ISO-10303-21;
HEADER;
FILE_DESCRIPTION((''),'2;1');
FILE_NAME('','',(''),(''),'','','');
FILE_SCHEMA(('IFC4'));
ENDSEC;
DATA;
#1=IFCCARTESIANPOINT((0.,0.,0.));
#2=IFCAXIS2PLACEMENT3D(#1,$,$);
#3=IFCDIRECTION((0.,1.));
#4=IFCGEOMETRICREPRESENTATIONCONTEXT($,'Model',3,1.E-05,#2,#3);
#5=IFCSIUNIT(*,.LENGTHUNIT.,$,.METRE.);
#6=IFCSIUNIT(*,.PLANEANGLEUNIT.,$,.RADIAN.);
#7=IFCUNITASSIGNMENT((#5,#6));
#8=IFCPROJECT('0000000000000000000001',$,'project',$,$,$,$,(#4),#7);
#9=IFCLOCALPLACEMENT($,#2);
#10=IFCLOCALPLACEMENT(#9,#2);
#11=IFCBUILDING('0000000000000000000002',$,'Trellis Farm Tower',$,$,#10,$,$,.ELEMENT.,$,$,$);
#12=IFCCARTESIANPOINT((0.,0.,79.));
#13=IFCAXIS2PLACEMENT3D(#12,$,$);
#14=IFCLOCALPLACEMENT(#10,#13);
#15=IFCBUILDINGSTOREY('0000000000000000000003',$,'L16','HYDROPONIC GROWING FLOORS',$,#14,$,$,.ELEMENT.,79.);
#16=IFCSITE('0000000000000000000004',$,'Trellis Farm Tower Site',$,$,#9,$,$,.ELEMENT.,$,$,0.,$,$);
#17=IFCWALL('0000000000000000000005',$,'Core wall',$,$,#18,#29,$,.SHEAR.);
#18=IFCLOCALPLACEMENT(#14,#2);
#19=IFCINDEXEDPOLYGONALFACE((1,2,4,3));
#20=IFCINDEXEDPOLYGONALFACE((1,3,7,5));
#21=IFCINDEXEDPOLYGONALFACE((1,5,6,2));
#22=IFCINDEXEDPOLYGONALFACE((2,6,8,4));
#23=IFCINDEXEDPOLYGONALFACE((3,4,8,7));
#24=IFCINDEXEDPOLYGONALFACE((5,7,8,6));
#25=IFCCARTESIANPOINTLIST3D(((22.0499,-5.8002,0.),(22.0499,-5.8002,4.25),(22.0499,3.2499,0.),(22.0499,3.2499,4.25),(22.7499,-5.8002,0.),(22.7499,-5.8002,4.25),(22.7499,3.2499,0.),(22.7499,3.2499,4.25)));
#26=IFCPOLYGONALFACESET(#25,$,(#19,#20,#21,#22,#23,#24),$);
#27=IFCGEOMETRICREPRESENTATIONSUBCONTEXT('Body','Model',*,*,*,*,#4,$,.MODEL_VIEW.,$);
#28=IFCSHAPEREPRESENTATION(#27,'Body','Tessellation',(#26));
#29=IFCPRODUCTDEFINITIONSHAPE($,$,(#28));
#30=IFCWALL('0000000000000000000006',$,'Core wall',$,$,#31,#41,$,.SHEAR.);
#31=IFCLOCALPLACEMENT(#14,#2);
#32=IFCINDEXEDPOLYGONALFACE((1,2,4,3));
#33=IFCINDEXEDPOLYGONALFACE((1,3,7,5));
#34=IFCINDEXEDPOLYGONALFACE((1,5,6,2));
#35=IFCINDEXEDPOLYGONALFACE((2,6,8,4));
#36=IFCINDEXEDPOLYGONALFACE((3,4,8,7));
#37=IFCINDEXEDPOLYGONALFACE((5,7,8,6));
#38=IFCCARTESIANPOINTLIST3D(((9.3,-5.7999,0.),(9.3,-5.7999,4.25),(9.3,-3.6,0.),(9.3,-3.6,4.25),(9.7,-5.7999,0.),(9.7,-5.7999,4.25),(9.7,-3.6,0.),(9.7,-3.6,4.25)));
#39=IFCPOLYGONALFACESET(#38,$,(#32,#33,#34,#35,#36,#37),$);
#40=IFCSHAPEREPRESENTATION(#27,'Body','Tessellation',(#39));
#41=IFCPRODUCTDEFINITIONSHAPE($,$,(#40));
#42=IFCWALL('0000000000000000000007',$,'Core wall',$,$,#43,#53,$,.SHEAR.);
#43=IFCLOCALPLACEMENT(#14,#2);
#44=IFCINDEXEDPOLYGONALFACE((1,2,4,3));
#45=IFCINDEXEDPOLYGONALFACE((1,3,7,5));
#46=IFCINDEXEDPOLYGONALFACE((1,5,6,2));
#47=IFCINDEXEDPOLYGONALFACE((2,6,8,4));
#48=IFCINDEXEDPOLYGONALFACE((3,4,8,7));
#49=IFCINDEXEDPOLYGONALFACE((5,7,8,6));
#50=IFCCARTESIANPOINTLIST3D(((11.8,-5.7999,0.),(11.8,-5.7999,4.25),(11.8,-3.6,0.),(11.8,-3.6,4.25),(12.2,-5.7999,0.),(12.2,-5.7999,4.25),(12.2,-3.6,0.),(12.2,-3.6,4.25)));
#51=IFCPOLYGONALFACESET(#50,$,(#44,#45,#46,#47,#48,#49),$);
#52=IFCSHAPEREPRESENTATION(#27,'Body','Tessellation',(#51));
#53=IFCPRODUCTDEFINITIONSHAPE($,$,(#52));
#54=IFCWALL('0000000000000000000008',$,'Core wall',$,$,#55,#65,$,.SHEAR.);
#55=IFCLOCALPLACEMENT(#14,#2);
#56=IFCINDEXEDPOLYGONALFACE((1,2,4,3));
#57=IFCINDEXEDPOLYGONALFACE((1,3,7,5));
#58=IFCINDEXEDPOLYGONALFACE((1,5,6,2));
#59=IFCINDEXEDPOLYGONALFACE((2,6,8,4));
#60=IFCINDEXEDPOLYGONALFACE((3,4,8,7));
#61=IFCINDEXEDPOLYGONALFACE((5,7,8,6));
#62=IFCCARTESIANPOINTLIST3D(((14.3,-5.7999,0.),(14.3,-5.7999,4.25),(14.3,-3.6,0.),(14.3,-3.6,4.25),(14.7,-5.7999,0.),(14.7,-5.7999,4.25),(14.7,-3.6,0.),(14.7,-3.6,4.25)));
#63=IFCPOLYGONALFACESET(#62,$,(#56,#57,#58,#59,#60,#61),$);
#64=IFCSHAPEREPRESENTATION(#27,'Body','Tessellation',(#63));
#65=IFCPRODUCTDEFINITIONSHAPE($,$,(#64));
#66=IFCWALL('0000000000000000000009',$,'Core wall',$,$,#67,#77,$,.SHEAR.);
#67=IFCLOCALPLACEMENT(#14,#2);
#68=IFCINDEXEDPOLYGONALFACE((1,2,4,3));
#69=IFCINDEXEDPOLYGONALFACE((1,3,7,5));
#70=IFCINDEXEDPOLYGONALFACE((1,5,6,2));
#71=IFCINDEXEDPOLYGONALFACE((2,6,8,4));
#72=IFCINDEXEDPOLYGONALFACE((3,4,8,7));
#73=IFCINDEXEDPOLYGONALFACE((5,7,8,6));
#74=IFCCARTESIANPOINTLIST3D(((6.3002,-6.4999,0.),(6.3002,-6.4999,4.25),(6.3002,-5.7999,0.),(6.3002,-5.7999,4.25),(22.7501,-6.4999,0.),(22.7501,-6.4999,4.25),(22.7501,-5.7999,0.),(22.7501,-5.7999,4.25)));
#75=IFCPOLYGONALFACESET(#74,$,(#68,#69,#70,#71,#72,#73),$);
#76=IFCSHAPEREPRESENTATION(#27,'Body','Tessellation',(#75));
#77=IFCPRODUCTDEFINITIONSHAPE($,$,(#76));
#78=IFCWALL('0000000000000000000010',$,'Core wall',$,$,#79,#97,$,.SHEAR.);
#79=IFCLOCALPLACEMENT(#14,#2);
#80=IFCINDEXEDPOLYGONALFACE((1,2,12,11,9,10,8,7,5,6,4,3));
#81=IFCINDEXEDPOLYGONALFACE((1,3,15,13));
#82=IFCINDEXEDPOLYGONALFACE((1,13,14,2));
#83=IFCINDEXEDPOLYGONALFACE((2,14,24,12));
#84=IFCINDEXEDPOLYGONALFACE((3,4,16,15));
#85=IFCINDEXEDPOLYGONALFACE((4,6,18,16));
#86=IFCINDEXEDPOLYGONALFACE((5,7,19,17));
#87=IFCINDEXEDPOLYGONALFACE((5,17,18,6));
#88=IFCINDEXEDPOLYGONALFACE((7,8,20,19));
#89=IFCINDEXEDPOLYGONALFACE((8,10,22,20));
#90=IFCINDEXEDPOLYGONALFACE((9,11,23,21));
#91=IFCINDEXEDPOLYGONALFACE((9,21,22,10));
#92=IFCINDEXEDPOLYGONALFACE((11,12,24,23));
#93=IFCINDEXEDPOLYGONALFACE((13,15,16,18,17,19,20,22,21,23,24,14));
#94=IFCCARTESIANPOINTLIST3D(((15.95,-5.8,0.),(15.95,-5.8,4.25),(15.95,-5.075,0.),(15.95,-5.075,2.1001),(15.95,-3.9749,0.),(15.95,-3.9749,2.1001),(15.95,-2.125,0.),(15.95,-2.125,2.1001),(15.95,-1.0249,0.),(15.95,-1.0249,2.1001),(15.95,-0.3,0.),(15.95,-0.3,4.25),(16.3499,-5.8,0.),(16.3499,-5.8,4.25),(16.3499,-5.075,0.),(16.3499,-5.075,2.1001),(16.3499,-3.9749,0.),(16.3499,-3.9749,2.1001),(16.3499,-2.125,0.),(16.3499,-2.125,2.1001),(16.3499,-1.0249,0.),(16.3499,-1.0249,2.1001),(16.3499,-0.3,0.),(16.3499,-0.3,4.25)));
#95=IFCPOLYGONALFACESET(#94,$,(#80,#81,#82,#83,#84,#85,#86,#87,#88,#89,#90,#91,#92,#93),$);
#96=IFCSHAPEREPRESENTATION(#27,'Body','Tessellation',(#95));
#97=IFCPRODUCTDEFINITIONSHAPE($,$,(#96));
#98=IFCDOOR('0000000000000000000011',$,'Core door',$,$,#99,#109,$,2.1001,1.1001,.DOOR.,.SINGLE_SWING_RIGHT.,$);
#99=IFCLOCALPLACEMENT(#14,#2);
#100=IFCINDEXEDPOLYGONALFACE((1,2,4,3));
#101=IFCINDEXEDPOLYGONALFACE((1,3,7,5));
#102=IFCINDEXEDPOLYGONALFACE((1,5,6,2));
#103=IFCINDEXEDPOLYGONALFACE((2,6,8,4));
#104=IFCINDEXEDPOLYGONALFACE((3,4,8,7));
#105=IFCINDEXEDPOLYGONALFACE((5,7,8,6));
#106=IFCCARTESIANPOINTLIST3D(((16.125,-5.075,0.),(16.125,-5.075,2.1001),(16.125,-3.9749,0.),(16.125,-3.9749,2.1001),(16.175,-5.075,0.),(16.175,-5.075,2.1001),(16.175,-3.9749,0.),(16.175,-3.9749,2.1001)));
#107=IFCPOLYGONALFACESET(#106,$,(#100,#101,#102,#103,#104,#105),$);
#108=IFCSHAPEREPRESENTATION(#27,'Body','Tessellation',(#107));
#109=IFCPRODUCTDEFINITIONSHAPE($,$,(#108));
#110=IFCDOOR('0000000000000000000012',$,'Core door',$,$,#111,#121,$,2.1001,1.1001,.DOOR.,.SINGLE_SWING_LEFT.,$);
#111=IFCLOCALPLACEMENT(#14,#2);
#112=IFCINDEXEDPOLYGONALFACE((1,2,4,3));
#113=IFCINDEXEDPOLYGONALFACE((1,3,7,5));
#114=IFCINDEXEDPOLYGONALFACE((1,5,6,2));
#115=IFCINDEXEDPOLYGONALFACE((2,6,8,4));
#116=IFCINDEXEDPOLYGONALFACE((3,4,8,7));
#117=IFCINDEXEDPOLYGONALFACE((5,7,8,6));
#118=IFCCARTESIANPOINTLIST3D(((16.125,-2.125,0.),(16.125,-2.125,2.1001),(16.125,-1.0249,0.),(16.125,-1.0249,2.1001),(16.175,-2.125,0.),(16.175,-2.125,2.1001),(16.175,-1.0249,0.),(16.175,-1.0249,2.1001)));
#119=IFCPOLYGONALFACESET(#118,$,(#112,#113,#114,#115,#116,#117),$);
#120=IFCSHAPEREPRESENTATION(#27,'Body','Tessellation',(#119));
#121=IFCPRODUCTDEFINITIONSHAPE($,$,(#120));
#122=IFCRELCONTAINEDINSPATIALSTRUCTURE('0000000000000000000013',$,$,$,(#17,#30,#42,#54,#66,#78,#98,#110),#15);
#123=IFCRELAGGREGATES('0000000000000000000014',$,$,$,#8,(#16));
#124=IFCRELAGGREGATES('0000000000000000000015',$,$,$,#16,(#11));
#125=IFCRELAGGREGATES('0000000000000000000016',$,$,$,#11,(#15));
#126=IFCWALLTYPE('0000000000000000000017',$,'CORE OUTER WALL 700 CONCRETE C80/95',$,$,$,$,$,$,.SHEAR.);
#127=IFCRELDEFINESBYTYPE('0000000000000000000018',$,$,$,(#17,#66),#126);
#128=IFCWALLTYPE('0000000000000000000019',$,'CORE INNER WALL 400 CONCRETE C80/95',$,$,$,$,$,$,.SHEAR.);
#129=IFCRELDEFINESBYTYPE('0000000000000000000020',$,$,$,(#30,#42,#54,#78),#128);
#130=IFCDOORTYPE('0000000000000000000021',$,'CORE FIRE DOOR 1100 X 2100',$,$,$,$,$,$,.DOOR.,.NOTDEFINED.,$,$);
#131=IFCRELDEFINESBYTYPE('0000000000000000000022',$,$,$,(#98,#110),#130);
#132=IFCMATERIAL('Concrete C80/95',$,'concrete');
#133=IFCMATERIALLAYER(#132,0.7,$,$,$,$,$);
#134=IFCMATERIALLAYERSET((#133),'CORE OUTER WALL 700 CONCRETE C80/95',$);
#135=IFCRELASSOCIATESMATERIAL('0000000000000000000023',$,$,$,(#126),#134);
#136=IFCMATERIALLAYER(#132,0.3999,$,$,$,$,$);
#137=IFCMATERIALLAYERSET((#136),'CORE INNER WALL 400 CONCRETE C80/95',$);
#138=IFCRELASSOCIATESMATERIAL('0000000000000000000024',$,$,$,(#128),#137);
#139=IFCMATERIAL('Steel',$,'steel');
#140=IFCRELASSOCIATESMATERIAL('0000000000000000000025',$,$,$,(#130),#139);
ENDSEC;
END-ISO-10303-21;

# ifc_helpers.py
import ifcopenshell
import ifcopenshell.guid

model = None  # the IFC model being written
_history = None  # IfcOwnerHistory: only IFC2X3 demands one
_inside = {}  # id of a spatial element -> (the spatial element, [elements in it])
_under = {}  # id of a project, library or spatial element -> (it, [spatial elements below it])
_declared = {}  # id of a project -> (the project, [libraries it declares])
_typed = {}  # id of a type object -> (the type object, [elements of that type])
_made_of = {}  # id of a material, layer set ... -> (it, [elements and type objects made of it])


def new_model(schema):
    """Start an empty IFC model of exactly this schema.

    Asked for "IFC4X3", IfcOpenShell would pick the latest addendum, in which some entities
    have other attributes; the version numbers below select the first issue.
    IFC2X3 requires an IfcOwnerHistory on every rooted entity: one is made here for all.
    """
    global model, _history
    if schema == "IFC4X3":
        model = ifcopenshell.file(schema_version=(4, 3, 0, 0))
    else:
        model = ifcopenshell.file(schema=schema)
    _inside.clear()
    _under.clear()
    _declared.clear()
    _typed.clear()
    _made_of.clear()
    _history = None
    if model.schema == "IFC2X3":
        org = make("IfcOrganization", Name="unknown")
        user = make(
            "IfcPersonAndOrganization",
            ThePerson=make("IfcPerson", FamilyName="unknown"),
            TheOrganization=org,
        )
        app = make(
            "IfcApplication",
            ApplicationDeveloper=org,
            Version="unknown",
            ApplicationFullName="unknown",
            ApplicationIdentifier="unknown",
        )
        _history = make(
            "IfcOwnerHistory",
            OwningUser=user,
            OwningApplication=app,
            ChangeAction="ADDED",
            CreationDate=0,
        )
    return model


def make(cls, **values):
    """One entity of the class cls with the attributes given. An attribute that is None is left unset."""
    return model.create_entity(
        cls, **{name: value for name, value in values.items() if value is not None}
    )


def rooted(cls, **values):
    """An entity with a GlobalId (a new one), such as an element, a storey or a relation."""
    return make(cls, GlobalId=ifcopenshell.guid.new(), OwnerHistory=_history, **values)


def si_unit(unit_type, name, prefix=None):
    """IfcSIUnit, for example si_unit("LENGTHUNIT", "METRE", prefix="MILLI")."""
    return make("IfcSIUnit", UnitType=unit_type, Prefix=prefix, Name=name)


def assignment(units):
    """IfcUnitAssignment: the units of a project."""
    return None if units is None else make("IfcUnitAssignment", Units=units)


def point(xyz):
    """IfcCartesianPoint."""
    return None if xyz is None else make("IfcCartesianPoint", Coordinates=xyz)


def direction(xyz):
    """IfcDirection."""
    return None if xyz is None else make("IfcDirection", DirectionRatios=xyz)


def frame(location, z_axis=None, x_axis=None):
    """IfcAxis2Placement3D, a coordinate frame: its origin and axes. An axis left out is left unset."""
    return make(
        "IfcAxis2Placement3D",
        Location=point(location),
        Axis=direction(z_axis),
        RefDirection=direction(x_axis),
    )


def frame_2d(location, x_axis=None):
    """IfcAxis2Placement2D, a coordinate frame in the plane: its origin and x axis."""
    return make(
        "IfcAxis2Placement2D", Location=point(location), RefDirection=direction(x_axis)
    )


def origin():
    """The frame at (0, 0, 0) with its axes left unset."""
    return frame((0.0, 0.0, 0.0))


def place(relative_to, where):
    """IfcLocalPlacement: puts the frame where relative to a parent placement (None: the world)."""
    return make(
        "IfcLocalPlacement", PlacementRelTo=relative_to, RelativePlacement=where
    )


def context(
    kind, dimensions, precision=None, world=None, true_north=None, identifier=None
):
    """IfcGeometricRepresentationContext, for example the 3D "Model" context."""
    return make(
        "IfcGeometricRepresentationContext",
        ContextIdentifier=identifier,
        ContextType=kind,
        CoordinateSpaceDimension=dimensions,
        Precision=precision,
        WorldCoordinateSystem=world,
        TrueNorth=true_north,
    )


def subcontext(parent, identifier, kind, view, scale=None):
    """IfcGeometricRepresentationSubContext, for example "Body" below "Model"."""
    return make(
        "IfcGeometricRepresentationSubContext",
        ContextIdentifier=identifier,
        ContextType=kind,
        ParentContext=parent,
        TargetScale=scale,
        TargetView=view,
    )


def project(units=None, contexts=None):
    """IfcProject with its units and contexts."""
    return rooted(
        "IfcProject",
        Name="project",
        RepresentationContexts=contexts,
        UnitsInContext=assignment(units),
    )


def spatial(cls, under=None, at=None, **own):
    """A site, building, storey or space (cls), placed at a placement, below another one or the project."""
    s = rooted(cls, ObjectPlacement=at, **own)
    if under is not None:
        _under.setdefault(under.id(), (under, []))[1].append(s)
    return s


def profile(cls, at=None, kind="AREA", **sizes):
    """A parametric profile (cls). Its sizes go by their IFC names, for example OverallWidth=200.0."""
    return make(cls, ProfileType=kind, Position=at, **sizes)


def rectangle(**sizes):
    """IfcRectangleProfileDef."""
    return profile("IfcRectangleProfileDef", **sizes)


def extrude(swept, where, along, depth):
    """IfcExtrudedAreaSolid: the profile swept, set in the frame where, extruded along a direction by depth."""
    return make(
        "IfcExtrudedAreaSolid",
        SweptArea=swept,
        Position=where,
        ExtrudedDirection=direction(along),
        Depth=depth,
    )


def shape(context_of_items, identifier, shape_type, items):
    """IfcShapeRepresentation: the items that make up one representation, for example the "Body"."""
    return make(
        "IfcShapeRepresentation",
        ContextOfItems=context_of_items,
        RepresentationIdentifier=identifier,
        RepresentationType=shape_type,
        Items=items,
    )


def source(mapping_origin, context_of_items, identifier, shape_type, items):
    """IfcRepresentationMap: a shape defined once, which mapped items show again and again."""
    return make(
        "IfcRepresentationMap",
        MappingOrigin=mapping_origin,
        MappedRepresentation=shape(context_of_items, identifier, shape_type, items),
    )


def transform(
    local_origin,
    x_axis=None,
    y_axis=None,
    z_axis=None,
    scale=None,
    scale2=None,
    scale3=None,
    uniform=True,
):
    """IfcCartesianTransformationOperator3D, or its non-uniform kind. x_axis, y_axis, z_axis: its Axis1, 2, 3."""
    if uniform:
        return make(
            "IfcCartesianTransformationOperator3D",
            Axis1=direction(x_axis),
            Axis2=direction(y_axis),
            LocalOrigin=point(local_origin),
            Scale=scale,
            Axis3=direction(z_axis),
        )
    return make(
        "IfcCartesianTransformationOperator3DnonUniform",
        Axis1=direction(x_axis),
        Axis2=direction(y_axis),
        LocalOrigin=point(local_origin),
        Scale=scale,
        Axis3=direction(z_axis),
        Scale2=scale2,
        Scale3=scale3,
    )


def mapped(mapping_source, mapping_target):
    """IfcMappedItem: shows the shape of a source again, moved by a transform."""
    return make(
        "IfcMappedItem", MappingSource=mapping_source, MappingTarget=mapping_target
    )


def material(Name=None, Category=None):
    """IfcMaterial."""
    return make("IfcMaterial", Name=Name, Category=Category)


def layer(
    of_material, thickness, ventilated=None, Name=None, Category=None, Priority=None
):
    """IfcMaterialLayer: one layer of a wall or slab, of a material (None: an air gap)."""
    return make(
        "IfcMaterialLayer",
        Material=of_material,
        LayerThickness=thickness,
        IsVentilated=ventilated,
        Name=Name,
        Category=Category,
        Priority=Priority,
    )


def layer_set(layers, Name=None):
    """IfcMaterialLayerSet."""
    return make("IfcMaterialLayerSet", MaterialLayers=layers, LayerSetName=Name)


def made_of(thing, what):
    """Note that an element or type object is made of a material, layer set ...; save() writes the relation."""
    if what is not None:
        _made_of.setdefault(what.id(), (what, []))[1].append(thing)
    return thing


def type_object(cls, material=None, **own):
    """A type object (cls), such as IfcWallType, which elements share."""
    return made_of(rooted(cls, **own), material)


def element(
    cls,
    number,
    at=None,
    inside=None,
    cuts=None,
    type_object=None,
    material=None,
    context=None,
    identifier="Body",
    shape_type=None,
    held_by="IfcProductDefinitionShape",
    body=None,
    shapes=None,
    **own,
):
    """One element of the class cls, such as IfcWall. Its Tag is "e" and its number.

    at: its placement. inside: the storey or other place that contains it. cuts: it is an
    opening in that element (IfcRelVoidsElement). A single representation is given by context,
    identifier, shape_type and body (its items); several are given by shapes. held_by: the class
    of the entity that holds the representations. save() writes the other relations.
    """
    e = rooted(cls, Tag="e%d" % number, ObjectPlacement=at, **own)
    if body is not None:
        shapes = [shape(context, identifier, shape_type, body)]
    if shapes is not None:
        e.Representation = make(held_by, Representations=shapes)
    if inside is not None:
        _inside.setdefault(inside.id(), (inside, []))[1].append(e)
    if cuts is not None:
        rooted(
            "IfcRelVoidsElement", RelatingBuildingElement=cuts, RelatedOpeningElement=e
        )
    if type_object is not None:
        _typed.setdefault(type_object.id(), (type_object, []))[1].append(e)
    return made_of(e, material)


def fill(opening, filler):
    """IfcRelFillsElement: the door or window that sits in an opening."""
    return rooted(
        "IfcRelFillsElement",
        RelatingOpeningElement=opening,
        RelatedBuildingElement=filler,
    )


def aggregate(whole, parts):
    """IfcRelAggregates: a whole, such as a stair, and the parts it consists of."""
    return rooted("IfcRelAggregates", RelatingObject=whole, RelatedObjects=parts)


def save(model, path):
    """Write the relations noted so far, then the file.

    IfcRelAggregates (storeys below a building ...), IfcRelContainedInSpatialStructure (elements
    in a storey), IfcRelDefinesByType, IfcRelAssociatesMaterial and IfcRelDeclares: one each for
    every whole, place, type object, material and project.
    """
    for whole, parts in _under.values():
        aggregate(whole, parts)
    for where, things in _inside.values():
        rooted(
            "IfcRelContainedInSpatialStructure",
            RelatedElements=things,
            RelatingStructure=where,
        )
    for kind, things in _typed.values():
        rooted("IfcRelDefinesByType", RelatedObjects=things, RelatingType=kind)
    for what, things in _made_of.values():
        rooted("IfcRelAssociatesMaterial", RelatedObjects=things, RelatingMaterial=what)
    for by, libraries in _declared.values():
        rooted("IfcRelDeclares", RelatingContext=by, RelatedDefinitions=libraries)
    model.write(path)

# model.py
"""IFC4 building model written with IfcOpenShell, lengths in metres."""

from ifc_helpers import new_model, si_unit, direction, frame, frame_2d, origin, place, context, subcontext, project, spatial, rectangle, extrude, source, transform, mapped, material, layer, layer_set, type_object, element, fill, save


model = new_model("IFC4")

# Units and contexts
model_context = context("Model", 3, precision=1e-05, world=origin(), true_north=direction((0.0, 1.0)))
body_context = subcontext(model_context, "Body", "Model", "MODEL_VIEW")
ifc_project = project(units=[si_unit("LENGTHUNIT", "METRE"), si_unit("PLANEANGLEUNIT", "RADIAN")], contexts=[model_context])

# Site, building, storey
site_placement = place(None, origin())
site = spatial("IfcSite", under=ifc_project, at=site_placement, Name="Trellis Farm Tower Site", CompositionType="ELEMENT", RefElevation=0.0)
building_placement = place(site_placement, origin())
building = spatial("IfcBuilding", under=site, at=building_placement, Name="Trellis Farm Tower", CompositionType="ELEMENT")
storey_placement = place(building_placement, frame((0.0, 0.0, 79.0)))
storey = spatial("IfcBuildingStorey", under=building, at=storey_placement, Name="L16", Description="HYDROPONIC GROWING FLOORS", CompositionType="ELEMENT", Elevation=79.0)

# Shared definitions
ifc_material_1 = material(Name="Concrete C80/95", Category="concrete")

# Shared definitions
ifc_layer_1 = layer(ifc_material_1, 0.7)
ifc_layer_set_1 = layer_set([ifc_layer_1], Name="CORE OUTER WALL 700 CONCRETE C80/95")
wall_type_1 = type_object("IfcWallType", Name="CORE OUTER WALL 700 CONCRETE C80/95", PredefinedType="SHEAR", material=ifc_layer_set_1)
shared_shape_1 = source(origin(), body_context, "Body", "SweptSolid", [
    extrude(rectangle(XDim=9.05, YDim=0.7, at=frame_2d((4.5249, 0.0))), origin(), (0.0, 0.0, 1.0), 4.25),
])
ifc_material_2 = material(Name="Steel", Category="steel")

# Walls
wall_1_placement = place(storey_placement, frame((22.3999, -5.8, 0.0), z_axis=(0.0, 0.0, 1.0), x_axis=(0.0, 1.0, 0.0)))
element("IfcWall", 1, at=wall_1_placement, inside=storey, type_object=wall_type_1, Name="Core wall", PredefinedType="SHEAR", context=body_context, shape_type="MappedRepresentation", body=[
    mapped(shared_shape_1, transform((0.0, 0.0, 0.0))),
])
ifc_layer_2 = layer(ifc_material_1, 0.3999)
ifc_layer_set_2 = layer_set([ifc_layer_2], Name="CORE INNER WALL 400 CONCRETE C80/95")
wall_type_2 = type_object("IfcWallType", Name="CORE INNER WALL 400 CONCRETE C80/95", PredefinedType="SHEAR", material=ifc_layer_set_2)
shared_shape_2 = source(origin(), body_context, "Body", "SweptSolid", [
    extrude(rectangle(XDim=2.2, YDim=0.3999, at=frame_2d((1.1001, 0.0))), origin(), (0.0, 0.0, 1.0), 4.25),
])
for number, where, z_axis, x_axis, name in (
    (2, (9.5, -5.8, 0.0), (0.0, 0.0, 1.0), (0.0, 1.0, 0.0), "Core wall"),
    (3, (12.0, -5.8, 0.0), (0.0, 0.0, 1.0), (0.0, 1.0, 0.0), "Core wall"),
    (4, (14.5, -5.8, 0.0), (0.0, 0.0, 1.0), (0.0, 1.0, 0.0), "Core wall"),
):
    element("IfcWall", number, at=place(storey_placement, frame(where, z_axis=z_axis, x_axis=x_axis)), inside=storey, type_object=wall_type_2, Name=name, PredefinedType="SHEAR", context=body_context, shape_type="MappedRepresentation", body=[
        mapped(shared_shape_2, transform((0.0, 0.0, 0.0))),
    ])
shared_shape_3 = source(origin(), body_context, "Body", "SweptSolid", [
    extrude(rectangle(XDim=16.45, YDim=0.7, at=frame_2d((8.2251, 0.0))), origin(), (0.0, 0.0, 1.0), 4.25),
])
wall_2_placement = place(storey_placement, frame((6.3, -6.1499, 0.0), z_axis=(0.0, 0.0, 1.0), x_axis=(1.0, 0.0, 0.0)))
element("IfcWall", 5, at=wall_2_placement, inside=storey, type_object=wall_type_1, Name="Core wall", PredefinedType="SHEAR", context=body_context, shape_type="MappedRepresentation", body=[
    mapped(shared_shape_3, transform((0.0, 0.0, 0.0))),
])

# Wall, openings, doors
shared_shape_4 = source(origin(), body_context, "Body", "SweptSolid", [
    extrude(rectangle(XDim=5.5, YDim=0.3999, at=frame_2d((2.75, 0.0))), origin(), (0.0, 0.0, 1.0), 4.25),
])
wall_3_placement = place(storey_placement, frame((16.1499, -5.8, 0.0), z_axis=(0.0, 0.0, 1.0), x_axis=(0.0, 1.0, 0.0)))
wall_3 = element("IfcWall", 6, at=wall_3_placement, inside=storey, type_object=wall_type_2, Name="Core wall", PredefinedType="SHEAR", context=body_context, shape_type="MappedRepresentation", body=[
    mapped(shared_shape_4, transform((0.0, 0.0, 0.0))),
])
shared_shape_5 = source(origin(), body_context, "Body", "SweptSolid", [
    extrude(rectangle(XDim=1.1001, YDim=2.1001, at=frame_2d((0.55, 1.05))), frame((0.0, 0.21, 0.0), z_axis=(0.0, -1.0, 0.0), x_axis=(1.0, 0.0, 0.0)), (0.0, 0.0, 1.0), 0.4199),
])
opening_1_placement = place(wall_3_placement, frame((0.7251, 0.0, 0.0)))
opening_1 = element("IfcOpeningElement", 7, at=opening_1_placement, cuts=wall_3, PredefinedType="OPENING", context=body_context, shape_type="MappedRepresentation", body=[
    mapped(shared_shape_5, transform((0.0, 0.0, 0.0))),
])
opening_2_placement = place(wall_3_placement, frame((3.675, 0.0, 0.0)))
opening_2 = element("IfcOpeningElement", 8, at=opening_2_placement, cuts=wall_3, PredefinedType="OPENING", context=body_context, shape_type="MappedRepresentation", body=[
    mapped(shared_shape_5, transform((0.0, 0.0, 0.0))),
])
door_type_1 = type_object("IfcDoorType", Name="CORE FIRE DOOR 1100 X 2100", OperationType="NOTDEFINED", PredefinedType="DOOR", material=ifc_material_2)
shared_shape_6 = source(origin(), body_context, "Body", "SweptSolid", [
    extrude(rectangle(XDim=1.1001, YDim=2.1001, at=frame_2d((0.55, 1.05))), frame((0.0, 0.0249, 0.0), z_axis=(0.0, -1.0, 0.0), x_axis=(1.0, 0.0, 0.0)), (0.0, 0.0, 1.0), 0.05),
])
door_1_placement = place(opening_1_placement, origin())
door_1 = element("IfcDoor", 9, at=door_1_placement, inside=storey, type_object=door_type_1, Name="Core door", OperationType="SINGLE_SWING_RIGHT", OverallHeight=2.1001, OverallWidth=1.1001, PredefinedType="DOOR", context=body_context, shape_type="MappedRepresentation", body=[
    mapped(shared_shape_6, transform((0.0, 0.0, 0.0))),
])
fill(opening_1, door_1)
door_2_placement = place(opening_2_placement, origin())
door_2 = element("IfcDoor", 10, at=door_2_placement, inside=storey, type_object=door_type_1, Name="Core door", OperationType="SINGLE_SWING_LEFT", OverallHeight=2.1001, OverallWidth=1.1001, PredefinedType="DOOR", context=body_context, shape_type="MappedRepresentation", body=[
    mapped(shared_shape_6, transform((0.0, 0.0, 0.0))),
])
fill(opening_2, door_2)

save(model, "model.ifc")
